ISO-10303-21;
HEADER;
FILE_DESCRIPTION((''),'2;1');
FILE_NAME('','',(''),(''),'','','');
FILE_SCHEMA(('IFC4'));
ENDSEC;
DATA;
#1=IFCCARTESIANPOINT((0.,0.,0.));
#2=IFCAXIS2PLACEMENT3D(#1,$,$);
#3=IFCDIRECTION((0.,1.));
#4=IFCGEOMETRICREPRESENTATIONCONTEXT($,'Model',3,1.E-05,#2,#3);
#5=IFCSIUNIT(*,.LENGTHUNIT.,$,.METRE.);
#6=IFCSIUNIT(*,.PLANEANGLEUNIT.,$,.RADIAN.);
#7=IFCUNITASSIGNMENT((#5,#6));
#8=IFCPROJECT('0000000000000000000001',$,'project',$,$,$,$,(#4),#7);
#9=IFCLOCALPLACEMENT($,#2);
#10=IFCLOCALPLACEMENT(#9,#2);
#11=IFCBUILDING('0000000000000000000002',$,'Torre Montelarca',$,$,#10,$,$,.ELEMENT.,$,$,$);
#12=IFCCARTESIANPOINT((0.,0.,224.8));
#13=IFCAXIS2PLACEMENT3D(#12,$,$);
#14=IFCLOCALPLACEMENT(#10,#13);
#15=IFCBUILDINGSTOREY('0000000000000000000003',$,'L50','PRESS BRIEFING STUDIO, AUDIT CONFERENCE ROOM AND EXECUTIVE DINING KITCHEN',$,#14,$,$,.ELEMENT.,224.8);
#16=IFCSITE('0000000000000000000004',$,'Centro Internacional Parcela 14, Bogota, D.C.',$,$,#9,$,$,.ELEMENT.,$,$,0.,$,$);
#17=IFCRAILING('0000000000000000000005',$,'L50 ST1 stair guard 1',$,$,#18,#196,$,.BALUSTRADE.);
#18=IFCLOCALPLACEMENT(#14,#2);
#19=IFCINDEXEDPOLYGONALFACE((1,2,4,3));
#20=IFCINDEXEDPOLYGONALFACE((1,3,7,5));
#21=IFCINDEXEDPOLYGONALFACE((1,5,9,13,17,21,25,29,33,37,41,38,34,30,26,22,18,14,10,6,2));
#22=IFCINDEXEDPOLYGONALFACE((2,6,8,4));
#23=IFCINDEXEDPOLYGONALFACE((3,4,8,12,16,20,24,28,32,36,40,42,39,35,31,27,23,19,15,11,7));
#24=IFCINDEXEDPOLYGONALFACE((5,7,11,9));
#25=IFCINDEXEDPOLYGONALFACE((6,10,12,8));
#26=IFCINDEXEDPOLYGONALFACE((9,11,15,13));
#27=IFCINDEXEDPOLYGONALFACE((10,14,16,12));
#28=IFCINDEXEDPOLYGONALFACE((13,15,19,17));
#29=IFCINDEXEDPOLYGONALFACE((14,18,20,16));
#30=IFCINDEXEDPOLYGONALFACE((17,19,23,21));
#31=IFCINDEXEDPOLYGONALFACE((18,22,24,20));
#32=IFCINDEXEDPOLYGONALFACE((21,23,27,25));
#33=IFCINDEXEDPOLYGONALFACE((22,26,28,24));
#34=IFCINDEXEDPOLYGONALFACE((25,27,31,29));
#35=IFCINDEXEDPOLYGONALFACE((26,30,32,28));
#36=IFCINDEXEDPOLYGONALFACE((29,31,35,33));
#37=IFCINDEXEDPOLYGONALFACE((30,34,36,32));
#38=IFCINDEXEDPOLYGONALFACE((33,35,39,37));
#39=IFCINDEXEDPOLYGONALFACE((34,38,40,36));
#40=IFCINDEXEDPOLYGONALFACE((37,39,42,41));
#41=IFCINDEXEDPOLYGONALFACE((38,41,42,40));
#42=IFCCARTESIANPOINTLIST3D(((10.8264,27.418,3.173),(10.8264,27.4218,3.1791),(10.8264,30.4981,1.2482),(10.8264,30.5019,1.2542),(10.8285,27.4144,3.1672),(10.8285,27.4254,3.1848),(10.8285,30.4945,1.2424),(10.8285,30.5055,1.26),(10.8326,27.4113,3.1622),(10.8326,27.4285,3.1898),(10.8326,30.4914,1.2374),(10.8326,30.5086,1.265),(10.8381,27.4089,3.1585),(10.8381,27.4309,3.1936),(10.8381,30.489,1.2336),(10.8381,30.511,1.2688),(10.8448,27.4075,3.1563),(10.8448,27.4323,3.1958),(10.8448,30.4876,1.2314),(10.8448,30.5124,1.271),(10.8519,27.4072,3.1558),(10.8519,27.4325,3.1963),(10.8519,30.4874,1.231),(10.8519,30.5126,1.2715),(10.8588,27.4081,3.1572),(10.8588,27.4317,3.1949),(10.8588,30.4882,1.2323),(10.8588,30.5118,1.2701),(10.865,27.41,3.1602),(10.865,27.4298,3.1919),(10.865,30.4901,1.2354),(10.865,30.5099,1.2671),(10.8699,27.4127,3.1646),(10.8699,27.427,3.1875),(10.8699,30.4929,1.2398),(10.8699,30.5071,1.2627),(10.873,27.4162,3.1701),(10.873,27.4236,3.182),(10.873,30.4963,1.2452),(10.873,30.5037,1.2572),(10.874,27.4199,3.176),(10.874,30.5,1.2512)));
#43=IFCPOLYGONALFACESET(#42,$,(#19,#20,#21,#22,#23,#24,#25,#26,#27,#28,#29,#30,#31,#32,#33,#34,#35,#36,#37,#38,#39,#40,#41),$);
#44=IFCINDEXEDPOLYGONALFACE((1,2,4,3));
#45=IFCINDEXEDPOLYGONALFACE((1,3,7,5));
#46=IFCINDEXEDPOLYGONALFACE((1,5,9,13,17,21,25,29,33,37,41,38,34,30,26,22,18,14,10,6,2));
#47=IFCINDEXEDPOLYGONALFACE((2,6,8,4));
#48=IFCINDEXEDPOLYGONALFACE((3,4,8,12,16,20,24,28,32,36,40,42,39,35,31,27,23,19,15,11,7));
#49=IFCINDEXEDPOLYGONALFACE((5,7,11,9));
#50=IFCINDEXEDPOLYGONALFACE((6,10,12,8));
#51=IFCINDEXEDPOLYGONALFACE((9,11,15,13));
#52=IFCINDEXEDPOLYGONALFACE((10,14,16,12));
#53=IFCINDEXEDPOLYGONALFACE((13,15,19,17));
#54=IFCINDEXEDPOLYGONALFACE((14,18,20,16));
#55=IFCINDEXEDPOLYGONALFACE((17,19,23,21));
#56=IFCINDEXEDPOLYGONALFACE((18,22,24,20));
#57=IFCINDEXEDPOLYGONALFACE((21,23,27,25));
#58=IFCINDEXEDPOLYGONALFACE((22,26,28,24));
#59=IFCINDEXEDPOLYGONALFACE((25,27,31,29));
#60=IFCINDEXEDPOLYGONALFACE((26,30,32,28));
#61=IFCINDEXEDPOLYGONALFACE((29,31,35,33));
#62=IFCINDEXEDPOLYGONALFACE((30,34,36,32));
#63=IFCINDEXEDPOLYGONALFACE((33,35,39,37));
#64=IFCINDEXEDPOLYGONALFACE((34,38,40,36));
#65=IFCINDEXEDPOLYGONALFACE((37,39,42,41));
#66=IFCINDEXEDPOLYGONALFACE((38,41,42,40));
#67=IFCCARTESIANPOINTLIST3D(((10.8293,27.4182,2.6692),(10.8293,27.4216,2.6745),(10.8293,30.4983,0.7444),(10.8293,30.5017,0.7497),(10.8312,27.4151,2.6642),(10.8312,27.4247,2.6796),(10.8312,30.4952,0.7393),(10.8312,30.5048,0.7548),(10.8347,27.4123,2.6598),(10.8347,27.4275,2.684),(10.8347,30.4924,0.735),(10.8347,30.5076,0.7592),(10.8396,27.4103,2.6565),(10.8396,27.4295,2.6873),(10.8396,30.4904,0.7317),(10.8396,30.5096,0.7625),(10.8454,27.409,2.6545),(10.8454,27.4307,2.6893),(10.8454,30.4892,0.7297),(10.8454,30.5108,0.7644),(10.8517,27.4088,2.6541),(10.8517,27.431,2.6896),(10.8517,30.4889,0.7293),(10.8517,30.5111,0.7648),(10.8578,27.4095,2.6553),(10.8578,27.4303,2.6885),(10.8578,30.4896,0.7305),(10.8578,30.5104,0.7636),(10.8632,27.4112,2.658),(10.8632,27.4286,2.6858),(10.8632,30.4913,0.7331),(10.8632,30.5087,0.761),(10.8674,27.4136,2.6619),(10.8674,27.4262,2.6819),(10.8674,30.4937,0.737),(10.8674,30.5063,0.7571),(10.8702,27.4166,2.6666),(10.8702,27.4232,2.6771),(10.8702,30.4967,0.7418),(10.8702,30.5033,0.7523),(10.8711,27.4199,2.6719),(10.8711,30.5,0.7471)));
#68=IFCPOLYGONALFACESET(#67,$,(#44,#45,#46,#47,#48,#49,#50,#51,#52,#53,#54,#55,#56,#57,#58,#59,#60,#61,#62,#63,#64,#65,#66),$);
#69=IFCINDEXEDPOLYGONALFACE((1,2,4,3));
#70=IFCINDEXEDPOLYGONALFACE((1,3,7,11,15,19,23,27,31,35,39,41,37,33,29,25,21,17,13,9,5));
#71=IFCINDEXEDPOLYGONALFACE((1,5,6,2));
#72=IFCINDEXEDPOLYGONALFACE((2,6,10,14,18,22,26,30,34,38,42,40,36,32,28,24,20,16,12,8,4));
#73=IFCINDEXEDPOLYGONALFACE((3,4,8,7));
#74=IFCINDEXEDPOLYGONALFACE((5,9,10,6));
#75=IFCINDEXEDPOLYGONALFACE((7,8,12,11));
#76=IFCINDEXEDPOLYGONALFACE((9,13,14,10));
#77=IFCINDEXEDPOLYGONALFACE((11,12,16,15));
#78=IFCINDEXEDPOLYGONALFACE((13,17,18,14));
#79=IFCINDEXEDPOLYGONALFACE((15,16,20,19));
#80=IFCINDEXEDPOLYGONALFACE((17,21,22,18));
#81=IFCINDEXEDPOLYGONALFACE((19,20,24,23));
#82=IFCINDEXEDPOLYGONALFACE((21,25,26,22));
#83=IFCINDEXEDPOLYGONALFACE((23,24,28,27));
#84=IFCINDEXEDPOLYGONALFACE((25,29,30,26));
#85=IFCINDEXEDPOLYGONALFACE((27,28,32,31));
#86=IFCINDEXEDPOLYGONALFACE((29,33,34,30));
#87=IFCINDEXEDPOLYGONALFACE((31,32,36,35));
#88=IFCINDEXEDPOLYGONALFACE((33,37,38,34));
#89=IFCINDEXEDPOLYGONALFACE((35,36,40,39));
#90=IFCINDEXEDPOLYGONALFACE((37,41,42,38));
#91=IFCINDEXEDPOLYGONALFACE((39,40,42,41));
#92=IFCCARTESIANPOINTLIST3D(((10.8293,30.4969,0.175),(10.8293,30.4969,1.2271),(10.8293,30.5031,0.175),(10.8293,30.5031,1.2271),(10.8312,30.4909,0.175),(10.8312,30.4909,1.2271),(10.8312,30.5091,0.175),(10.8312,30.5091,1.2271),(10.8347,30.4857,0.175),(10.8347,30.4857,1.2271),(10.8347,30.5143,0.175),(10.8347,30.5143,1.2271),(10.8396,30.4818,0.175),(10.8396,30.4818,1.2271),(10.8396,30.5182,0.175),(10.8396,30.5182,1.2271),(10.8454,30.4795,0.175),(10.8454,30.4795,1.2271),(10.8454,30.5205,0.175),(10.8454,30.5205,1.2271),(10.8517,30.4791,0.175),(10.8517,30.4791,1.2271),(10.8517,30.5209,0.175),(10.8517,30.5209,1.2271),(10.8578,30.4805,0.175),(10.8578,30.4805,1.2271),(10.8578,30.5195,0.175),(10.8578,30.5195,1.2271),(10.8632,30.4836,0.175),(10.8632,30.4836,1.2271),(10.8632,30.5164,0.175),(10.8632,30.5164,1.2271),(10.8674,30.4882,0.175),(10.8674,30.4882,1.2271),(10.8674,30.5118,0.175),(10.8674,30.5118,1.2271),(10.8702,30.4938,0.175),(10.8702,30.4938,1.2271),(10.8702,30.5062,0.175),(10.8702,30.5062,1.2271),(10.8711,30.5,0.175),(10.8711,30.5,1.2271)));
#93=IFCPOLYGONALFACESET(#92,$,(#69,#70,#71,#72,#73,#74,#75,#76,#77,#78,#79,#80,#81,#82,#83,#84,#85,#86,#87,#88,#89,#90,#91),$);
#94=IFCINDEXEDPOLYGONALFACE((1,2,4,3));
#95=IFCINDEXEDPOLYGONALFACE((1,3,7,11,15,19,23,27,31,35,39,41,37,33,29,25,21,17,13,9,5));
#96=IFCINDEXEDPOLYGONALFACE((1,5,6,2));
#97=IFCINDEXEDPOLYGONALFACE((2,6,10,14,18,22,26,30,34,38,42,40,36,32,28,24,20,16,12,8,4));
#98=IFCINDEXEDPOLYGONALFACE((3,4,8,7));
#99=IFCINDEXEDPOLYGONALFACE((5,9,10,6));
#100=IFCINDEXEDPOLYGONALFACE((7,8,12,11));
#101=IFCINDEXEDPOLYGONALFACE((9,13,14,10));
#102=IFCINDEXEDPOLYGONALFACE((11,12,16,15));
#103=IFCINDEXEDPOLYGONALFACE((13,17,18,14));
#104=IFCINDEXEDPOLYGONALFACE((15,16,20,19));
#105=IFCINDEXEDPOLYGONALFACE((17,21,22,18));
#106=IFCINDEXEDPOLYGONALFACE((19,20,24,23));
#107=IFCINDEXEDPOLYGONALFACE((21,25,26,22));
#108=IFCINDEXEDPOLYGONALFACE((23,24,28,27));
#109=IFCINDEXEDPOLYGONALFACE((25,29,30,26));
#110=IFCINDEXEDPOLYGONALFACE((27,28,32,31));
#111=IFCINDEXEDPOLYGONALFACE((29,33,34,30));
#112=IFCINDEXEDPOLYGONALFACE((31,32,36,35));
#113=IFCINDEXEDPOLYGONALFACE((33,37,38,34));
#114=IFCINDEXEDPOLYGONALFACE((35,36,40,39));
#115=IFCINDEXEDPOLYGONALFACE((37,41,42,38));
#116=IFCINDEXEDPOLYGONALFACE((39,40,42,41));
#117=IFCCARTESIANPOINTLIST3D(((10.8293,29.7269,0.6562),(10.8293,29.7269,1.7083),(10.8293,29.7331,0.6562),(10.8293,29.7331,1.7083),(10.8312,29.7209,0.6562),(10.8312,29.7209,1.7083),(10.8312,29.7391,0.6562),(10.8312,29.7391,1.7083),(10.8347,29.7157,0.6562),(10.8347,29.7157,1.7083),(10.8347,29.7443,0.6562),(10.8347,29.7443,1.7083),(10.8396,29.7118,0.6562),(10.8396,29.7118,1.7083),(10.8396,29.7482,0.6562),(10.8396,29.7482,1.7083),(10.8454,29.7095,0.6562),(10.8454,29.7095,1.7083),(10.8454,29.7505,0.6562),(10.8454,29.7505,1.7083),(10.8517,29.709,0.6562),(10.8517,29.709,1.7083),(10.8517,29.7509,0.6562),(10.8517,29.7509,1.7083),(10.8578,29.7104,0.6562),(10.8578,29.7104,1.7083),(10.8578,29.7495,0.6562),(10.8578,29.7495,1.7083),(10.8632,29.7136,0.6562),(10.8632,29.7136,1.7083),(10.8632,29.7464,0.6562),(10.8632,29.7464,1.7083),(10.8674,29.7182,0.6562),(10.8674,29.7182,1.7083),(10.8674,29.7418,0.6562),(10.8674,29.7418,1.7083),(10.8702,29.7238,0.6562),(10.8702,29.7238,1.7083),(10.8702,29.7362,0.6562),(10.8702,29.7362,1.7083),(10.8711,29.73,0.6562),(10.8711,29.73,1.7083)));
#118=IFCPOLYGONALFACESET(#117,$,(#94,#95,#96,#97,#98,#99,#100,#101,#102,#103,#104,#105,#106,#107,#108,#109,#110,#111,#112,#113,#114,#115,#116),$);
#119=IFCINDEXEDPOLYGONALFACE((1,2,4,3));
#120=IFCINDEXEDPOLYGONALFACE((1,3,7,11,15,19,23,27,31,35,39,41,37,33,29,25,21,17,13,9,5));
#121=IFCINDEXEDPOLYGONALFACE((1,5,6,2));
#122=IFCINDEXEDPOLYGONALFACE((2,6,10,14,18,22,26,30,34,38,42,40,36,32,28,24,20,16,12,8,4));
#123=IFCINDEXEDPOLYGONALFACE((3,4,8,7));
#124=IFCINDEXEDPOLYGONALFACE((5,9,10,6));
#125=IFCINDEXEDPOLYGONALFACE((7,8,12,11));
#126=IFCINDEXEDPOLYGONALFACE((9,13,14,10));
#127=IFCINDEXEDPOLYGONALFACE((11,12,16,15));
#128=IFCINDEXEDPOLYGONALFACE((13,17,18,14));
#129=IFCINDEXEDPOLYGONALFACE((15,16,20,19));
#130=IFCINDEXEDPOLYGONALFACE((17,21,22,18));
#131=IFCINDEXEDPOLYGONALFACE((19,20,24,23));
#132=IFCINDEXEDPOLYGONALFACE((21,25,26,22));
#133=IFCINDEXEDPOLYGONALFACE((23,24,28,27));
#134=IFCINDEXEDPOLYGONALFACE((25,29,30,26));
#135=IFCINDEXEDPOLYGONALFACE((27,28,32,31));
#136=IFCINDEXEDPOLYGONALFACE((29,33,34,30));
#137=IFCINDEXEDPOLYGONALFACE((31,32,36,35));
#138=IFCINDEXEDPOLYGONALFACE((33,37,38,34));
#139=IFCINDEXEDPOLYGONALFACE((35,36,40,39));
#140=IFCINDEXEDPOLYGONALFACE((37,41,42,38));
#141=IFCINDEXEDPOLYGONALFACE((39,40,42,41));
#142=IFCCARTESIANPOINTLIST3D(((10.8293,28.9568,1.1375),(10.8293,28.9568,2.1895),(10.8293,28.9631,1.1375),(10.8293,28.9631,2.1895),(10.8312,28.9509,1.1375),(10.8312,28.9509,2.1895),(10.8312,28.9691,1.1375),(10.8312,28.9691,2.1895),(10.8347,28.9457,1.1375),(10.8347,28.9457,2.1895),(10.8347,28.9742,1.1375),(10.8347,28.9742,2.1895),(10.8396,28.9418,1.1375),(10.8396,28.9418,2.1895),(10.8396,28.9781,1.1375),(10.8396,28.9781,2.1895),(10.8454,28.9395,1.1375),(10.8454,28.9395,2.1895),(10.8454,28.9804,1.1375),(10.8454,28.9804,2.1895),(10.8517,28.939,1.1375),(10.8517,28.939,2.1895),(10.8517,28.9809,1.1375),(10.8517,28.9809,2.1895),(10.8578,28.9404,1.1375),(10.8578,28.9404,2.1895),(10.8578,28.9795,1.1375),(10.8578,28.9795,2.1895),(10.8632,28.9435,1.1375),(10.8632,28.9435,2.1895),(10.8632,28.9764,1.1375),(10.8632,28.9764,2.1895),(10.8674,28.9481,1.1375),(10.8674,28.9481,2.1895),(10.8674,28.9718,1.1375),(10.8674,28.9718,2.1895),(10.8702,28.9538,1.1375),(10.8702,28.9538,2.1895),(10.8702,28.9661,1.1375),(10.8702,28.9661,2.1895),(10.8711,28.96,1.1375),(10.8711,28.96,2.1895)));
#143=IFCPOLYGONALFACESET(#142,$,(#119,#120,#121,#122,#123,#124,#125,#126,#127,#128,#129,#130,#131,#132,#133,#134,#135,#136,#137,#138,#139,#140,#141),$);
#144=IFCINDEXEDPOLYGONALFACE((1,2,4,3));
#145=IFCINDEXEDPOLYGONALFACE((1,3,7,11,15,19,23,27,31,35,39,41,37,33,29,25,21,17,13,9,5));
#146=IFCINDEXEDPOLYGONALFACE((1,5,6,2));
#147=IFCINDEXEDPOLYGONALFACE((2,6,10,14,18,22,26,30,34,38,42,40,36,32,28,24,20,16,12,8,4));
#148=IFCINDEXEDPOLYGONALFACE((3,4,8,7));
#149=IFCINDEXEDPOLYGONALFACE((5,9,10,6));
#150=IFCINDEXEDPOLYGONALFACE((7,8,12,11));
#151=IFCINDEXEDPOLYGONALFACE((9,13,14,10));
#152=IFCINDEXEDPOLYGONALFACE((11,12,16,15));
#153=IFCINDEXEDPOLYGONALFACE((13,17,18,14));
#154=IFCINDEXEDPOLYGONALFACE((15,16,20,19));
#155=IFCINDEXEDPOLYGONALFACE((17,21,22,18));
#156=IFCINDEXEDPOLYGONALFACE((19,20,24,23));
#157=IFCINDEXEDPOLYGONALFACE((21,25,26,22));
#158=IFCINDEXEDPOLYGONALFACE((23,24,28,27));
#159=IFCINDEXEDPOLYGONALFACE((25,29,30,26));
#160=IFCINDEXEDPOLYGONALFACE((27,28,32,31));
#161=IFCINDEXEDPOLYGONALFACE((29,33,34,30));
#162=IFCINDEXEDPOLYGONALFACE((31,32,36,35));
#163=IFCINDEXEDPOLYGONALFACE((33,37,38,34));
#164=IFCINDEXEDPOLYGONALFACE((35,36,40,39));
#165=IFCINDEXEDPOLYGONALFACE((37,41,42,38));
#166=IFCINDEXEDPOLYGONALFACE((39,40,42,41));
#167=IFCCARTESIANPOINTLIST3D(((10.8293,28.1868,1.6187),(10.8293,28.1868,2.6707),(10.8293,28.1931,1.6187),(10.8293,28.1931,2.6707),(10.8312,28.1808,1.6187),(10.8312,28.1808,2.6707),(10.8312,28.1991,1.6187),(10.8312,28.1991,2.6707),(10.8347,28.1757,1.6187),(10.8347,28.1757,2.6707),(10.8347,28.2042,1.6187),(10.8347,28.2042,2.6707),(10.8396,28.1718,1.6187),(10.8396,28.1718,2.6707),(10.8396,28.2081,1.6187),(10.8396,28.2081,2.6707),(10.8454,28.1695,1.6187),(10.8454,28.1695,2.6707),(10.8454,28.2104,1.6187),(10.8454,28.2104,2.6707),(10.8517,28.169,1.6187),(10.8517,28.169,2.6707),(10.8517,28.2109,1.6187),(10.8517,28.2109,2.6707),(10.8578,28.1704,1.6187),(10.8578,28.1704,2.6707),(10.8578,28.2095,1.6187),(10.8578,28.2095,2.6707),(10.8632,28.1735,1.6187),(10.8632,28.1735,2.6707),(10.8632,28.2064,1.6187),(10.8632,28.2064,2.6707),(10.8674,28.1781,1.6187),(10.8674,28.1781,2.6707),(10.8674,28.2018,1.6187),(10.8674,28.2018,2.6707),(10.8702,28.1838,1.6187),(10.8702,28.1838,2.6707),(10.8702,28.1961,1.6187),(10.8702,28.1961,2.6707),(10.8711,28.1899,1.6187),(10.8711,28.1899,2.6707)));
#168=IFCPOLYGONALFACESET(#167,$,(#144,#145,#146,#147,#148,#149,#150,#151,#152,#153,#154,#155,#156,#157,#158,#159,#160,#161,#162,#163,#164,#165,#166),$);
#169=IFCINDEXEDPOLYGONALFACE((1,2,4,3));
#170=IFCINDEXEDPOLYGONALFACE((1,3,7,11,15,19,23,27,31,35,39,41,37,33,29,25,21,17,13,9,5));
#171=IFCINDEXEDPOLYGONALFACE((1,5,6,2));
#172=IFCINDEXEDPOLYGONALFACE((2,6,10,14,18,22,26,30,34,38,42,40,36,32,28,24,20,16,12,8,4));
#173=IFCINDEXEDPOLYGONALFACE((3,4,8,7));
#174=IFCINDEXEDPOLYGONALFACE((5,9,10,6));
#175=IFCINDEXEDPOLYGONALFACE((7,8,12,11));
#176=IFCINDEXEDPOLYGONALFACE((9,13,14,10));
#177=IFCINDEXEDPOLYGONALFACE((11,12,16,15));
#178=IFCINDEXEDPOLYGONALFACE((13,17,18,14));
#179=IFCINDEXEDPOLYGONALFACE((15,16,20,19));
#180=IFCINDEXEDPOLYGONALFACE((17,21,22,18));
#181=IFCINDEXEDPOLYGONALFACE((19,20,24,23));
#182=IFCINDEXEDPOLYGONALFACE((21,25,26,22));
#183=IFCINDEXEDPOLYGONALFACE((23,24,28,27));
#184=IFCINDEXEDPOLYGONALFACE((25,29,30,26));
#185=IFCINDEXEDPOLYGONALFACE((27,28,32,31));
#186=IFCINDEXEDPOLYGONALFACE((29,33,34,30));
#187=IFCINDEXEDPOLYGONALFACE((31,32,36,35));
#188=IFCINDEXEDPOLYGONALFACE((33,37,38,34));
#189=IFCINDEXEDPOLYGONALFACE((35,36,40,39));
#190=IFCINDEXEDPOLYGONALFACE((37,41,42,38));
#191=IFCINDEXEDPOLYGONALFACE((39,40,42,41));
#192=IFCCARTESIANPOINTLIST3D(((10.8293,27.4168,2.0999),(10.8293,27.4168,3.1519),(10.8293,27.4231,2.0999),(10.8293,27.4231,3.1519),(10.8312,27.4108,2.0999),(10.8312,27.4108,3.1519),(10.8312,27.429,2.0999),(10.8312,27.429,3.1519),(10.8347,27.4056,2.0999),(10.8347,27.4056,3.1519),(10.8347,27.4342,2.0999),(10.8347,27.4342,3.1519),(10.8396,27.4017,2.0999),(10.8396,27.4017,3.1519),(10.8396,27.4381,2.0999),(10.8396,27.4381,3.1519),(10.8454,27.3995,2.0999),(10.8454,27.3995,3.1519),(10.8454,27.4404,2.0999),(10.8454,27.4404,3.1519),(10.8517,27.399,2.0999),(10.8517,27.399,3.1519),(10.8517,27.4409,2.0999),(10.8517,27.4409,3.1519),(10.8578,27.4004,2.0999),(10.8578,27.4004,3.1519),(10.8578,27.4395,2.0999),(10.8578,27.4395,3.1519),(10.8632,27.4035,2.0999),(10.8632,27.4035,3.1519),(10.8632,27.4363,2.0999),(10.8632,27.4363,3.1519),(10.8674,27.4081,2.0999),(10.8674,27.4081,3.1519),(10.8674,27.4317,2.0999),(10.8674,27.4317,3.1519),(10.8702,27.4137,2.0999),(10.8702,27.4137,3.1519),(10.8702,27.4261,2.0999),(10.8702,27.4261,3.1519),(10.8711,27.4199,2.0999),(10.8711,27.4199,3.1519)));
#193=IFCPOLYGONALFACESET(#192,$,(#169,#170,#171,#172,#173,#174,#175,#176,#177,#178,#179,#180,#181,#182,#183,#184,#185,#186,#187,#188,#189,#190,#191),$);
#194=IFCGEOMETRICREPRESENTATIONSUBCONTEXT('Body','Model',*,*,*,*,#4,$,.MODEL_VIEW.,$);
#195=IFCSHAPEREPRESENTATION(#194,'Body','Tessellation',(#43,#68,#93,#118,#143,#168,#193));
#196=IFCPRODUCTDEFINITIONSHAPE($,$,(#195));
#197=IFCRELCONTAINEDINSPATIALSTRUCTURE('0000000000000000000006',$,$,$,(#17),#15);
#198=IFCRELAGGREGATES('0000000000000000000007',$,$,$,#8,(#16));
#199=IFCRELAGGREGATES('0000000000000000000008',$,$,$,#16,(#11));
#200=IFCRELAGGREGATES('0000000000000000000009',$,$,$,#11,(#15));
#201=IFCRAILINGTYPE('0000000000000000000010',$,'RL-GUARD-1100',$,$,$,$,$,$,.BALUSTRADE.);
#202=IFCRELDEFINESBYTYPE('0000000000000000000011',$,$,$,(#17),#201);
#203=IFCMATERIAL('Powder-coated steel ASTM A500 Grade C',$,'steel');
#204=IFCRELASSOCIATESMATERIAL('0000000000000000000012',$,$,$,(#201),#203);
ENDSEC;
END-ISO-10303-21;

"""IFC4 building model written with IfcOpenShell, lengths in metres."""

from ifc_helpers import new_model, si_unit, direction, frame, origin, origin_2d, place, context, subcontext, project, spatial, circle, extrude, material, type_object, element, save


model = new_model("IFC4")

# Units and contexts
model_context = context("Model", 3, precision=1e-05, world=origin(), true_north=direction((0.0, 1.0)))
body_context = subcontext(model_context, "Body", "Model", "MODEL_VIEW")
ifc_project = project(units=[si_unit("LENGTHUNIT", "METRE"), si_unit("PLANEANGLEUNIT", "RADIAN")], contexts=[model_context])

# Site, building, storey
site_placement = place(None, origin())
site = spatial("IfcSite", under=ifc_project, at=site_placement, Name="Centro Internacional Parcela 14, Bogota, D.C.", CompositionType="ELEMENT", RefElevation=0.0)
building_placement = place(site_placement, origin())
building = spatial("IfcBuilding", under=site, at=building_placement, Name="Torre Montelarca", CompositionType="ELEMENT")
storey_placement = place(building_placement, frame((0.0, 0.0, 224.8)))
storey = spatial("IfcBuildingStorey", under=building, at=storey_placement, Name="L50", Description="PRESS BRIEFING STUDIO, AUDIT CONFERENCE ROOM AND EXECUTIVE DINING KITCHEN", CompositionType="ELEMENT", Elevation=224.8)

# Railing
ifc_material_1 = material(Name="Powder-coated steel ASTM A500 Grade C", Category="steel")
railing_type_1 = type_object("IfcRailingType", Name="RL-GUARD-1100", PredefinedType="BALUSTRADE", material=ifc_material_1)
railing_1_placement = place(storey_placement, frame((10.8501, 30.5, 0.175)))
element("IfcRailing", 1, at=railing_1_placement, inside=storey, type_object=railing_type_1, Name="L50 ST1 stair guard 1", PredefinedType="BALUSTRADE", context=body_context, shape_type="SweptSolid", body=[
    extrude(circle(Radius=0.0239, at=origin_2d()), frame((0.0, 0.0, 1.0762), z_axis=(0.0, -0.848029, 0.529951), x_axis=(1.0, 0.0, 0.0)), (0.0, 0.0, 1.0), 3.6321),
    extrude(circle(Radius=0.021, at=origin_2d()), frame((0.0, 0.0, 0.572), z_axis=(0.0, -0.848029, 0.529951), x_axis=(1.0, 0.0, 0.0)), (0.0, 0.0, 1.0), 3.6321),
    extrude(circle(Radius=0.021, at=origin_2d()), origin(), (0.0, 0.0, 1.0), 1.052),
    extrude(circle(Radius=0.021, at=origin_2d()), frame((0.0, -0.77, 0.4812)), (0.0, 0.0, 1.0), 1.052),
    extrude(circle(Radius=0.021, at=origin_2d()), frame((0.0, -1.54, 0.9624)), (0.0, 0.0, 1.0), 1.052),
    extrude(circle(Radius=0.021, at=origin_2d()), frame((0.0, -2.3101, 1.4436)), (0.0, 0.0, 1.0), 1.052),
    extrude(circle(Radius=0.021, at=origin_2d()), frame((0.0, -3.0801, 1.9248)), (0.0, 0.0, 1.0), 1.052),
])

save(model, "model.ifc")
